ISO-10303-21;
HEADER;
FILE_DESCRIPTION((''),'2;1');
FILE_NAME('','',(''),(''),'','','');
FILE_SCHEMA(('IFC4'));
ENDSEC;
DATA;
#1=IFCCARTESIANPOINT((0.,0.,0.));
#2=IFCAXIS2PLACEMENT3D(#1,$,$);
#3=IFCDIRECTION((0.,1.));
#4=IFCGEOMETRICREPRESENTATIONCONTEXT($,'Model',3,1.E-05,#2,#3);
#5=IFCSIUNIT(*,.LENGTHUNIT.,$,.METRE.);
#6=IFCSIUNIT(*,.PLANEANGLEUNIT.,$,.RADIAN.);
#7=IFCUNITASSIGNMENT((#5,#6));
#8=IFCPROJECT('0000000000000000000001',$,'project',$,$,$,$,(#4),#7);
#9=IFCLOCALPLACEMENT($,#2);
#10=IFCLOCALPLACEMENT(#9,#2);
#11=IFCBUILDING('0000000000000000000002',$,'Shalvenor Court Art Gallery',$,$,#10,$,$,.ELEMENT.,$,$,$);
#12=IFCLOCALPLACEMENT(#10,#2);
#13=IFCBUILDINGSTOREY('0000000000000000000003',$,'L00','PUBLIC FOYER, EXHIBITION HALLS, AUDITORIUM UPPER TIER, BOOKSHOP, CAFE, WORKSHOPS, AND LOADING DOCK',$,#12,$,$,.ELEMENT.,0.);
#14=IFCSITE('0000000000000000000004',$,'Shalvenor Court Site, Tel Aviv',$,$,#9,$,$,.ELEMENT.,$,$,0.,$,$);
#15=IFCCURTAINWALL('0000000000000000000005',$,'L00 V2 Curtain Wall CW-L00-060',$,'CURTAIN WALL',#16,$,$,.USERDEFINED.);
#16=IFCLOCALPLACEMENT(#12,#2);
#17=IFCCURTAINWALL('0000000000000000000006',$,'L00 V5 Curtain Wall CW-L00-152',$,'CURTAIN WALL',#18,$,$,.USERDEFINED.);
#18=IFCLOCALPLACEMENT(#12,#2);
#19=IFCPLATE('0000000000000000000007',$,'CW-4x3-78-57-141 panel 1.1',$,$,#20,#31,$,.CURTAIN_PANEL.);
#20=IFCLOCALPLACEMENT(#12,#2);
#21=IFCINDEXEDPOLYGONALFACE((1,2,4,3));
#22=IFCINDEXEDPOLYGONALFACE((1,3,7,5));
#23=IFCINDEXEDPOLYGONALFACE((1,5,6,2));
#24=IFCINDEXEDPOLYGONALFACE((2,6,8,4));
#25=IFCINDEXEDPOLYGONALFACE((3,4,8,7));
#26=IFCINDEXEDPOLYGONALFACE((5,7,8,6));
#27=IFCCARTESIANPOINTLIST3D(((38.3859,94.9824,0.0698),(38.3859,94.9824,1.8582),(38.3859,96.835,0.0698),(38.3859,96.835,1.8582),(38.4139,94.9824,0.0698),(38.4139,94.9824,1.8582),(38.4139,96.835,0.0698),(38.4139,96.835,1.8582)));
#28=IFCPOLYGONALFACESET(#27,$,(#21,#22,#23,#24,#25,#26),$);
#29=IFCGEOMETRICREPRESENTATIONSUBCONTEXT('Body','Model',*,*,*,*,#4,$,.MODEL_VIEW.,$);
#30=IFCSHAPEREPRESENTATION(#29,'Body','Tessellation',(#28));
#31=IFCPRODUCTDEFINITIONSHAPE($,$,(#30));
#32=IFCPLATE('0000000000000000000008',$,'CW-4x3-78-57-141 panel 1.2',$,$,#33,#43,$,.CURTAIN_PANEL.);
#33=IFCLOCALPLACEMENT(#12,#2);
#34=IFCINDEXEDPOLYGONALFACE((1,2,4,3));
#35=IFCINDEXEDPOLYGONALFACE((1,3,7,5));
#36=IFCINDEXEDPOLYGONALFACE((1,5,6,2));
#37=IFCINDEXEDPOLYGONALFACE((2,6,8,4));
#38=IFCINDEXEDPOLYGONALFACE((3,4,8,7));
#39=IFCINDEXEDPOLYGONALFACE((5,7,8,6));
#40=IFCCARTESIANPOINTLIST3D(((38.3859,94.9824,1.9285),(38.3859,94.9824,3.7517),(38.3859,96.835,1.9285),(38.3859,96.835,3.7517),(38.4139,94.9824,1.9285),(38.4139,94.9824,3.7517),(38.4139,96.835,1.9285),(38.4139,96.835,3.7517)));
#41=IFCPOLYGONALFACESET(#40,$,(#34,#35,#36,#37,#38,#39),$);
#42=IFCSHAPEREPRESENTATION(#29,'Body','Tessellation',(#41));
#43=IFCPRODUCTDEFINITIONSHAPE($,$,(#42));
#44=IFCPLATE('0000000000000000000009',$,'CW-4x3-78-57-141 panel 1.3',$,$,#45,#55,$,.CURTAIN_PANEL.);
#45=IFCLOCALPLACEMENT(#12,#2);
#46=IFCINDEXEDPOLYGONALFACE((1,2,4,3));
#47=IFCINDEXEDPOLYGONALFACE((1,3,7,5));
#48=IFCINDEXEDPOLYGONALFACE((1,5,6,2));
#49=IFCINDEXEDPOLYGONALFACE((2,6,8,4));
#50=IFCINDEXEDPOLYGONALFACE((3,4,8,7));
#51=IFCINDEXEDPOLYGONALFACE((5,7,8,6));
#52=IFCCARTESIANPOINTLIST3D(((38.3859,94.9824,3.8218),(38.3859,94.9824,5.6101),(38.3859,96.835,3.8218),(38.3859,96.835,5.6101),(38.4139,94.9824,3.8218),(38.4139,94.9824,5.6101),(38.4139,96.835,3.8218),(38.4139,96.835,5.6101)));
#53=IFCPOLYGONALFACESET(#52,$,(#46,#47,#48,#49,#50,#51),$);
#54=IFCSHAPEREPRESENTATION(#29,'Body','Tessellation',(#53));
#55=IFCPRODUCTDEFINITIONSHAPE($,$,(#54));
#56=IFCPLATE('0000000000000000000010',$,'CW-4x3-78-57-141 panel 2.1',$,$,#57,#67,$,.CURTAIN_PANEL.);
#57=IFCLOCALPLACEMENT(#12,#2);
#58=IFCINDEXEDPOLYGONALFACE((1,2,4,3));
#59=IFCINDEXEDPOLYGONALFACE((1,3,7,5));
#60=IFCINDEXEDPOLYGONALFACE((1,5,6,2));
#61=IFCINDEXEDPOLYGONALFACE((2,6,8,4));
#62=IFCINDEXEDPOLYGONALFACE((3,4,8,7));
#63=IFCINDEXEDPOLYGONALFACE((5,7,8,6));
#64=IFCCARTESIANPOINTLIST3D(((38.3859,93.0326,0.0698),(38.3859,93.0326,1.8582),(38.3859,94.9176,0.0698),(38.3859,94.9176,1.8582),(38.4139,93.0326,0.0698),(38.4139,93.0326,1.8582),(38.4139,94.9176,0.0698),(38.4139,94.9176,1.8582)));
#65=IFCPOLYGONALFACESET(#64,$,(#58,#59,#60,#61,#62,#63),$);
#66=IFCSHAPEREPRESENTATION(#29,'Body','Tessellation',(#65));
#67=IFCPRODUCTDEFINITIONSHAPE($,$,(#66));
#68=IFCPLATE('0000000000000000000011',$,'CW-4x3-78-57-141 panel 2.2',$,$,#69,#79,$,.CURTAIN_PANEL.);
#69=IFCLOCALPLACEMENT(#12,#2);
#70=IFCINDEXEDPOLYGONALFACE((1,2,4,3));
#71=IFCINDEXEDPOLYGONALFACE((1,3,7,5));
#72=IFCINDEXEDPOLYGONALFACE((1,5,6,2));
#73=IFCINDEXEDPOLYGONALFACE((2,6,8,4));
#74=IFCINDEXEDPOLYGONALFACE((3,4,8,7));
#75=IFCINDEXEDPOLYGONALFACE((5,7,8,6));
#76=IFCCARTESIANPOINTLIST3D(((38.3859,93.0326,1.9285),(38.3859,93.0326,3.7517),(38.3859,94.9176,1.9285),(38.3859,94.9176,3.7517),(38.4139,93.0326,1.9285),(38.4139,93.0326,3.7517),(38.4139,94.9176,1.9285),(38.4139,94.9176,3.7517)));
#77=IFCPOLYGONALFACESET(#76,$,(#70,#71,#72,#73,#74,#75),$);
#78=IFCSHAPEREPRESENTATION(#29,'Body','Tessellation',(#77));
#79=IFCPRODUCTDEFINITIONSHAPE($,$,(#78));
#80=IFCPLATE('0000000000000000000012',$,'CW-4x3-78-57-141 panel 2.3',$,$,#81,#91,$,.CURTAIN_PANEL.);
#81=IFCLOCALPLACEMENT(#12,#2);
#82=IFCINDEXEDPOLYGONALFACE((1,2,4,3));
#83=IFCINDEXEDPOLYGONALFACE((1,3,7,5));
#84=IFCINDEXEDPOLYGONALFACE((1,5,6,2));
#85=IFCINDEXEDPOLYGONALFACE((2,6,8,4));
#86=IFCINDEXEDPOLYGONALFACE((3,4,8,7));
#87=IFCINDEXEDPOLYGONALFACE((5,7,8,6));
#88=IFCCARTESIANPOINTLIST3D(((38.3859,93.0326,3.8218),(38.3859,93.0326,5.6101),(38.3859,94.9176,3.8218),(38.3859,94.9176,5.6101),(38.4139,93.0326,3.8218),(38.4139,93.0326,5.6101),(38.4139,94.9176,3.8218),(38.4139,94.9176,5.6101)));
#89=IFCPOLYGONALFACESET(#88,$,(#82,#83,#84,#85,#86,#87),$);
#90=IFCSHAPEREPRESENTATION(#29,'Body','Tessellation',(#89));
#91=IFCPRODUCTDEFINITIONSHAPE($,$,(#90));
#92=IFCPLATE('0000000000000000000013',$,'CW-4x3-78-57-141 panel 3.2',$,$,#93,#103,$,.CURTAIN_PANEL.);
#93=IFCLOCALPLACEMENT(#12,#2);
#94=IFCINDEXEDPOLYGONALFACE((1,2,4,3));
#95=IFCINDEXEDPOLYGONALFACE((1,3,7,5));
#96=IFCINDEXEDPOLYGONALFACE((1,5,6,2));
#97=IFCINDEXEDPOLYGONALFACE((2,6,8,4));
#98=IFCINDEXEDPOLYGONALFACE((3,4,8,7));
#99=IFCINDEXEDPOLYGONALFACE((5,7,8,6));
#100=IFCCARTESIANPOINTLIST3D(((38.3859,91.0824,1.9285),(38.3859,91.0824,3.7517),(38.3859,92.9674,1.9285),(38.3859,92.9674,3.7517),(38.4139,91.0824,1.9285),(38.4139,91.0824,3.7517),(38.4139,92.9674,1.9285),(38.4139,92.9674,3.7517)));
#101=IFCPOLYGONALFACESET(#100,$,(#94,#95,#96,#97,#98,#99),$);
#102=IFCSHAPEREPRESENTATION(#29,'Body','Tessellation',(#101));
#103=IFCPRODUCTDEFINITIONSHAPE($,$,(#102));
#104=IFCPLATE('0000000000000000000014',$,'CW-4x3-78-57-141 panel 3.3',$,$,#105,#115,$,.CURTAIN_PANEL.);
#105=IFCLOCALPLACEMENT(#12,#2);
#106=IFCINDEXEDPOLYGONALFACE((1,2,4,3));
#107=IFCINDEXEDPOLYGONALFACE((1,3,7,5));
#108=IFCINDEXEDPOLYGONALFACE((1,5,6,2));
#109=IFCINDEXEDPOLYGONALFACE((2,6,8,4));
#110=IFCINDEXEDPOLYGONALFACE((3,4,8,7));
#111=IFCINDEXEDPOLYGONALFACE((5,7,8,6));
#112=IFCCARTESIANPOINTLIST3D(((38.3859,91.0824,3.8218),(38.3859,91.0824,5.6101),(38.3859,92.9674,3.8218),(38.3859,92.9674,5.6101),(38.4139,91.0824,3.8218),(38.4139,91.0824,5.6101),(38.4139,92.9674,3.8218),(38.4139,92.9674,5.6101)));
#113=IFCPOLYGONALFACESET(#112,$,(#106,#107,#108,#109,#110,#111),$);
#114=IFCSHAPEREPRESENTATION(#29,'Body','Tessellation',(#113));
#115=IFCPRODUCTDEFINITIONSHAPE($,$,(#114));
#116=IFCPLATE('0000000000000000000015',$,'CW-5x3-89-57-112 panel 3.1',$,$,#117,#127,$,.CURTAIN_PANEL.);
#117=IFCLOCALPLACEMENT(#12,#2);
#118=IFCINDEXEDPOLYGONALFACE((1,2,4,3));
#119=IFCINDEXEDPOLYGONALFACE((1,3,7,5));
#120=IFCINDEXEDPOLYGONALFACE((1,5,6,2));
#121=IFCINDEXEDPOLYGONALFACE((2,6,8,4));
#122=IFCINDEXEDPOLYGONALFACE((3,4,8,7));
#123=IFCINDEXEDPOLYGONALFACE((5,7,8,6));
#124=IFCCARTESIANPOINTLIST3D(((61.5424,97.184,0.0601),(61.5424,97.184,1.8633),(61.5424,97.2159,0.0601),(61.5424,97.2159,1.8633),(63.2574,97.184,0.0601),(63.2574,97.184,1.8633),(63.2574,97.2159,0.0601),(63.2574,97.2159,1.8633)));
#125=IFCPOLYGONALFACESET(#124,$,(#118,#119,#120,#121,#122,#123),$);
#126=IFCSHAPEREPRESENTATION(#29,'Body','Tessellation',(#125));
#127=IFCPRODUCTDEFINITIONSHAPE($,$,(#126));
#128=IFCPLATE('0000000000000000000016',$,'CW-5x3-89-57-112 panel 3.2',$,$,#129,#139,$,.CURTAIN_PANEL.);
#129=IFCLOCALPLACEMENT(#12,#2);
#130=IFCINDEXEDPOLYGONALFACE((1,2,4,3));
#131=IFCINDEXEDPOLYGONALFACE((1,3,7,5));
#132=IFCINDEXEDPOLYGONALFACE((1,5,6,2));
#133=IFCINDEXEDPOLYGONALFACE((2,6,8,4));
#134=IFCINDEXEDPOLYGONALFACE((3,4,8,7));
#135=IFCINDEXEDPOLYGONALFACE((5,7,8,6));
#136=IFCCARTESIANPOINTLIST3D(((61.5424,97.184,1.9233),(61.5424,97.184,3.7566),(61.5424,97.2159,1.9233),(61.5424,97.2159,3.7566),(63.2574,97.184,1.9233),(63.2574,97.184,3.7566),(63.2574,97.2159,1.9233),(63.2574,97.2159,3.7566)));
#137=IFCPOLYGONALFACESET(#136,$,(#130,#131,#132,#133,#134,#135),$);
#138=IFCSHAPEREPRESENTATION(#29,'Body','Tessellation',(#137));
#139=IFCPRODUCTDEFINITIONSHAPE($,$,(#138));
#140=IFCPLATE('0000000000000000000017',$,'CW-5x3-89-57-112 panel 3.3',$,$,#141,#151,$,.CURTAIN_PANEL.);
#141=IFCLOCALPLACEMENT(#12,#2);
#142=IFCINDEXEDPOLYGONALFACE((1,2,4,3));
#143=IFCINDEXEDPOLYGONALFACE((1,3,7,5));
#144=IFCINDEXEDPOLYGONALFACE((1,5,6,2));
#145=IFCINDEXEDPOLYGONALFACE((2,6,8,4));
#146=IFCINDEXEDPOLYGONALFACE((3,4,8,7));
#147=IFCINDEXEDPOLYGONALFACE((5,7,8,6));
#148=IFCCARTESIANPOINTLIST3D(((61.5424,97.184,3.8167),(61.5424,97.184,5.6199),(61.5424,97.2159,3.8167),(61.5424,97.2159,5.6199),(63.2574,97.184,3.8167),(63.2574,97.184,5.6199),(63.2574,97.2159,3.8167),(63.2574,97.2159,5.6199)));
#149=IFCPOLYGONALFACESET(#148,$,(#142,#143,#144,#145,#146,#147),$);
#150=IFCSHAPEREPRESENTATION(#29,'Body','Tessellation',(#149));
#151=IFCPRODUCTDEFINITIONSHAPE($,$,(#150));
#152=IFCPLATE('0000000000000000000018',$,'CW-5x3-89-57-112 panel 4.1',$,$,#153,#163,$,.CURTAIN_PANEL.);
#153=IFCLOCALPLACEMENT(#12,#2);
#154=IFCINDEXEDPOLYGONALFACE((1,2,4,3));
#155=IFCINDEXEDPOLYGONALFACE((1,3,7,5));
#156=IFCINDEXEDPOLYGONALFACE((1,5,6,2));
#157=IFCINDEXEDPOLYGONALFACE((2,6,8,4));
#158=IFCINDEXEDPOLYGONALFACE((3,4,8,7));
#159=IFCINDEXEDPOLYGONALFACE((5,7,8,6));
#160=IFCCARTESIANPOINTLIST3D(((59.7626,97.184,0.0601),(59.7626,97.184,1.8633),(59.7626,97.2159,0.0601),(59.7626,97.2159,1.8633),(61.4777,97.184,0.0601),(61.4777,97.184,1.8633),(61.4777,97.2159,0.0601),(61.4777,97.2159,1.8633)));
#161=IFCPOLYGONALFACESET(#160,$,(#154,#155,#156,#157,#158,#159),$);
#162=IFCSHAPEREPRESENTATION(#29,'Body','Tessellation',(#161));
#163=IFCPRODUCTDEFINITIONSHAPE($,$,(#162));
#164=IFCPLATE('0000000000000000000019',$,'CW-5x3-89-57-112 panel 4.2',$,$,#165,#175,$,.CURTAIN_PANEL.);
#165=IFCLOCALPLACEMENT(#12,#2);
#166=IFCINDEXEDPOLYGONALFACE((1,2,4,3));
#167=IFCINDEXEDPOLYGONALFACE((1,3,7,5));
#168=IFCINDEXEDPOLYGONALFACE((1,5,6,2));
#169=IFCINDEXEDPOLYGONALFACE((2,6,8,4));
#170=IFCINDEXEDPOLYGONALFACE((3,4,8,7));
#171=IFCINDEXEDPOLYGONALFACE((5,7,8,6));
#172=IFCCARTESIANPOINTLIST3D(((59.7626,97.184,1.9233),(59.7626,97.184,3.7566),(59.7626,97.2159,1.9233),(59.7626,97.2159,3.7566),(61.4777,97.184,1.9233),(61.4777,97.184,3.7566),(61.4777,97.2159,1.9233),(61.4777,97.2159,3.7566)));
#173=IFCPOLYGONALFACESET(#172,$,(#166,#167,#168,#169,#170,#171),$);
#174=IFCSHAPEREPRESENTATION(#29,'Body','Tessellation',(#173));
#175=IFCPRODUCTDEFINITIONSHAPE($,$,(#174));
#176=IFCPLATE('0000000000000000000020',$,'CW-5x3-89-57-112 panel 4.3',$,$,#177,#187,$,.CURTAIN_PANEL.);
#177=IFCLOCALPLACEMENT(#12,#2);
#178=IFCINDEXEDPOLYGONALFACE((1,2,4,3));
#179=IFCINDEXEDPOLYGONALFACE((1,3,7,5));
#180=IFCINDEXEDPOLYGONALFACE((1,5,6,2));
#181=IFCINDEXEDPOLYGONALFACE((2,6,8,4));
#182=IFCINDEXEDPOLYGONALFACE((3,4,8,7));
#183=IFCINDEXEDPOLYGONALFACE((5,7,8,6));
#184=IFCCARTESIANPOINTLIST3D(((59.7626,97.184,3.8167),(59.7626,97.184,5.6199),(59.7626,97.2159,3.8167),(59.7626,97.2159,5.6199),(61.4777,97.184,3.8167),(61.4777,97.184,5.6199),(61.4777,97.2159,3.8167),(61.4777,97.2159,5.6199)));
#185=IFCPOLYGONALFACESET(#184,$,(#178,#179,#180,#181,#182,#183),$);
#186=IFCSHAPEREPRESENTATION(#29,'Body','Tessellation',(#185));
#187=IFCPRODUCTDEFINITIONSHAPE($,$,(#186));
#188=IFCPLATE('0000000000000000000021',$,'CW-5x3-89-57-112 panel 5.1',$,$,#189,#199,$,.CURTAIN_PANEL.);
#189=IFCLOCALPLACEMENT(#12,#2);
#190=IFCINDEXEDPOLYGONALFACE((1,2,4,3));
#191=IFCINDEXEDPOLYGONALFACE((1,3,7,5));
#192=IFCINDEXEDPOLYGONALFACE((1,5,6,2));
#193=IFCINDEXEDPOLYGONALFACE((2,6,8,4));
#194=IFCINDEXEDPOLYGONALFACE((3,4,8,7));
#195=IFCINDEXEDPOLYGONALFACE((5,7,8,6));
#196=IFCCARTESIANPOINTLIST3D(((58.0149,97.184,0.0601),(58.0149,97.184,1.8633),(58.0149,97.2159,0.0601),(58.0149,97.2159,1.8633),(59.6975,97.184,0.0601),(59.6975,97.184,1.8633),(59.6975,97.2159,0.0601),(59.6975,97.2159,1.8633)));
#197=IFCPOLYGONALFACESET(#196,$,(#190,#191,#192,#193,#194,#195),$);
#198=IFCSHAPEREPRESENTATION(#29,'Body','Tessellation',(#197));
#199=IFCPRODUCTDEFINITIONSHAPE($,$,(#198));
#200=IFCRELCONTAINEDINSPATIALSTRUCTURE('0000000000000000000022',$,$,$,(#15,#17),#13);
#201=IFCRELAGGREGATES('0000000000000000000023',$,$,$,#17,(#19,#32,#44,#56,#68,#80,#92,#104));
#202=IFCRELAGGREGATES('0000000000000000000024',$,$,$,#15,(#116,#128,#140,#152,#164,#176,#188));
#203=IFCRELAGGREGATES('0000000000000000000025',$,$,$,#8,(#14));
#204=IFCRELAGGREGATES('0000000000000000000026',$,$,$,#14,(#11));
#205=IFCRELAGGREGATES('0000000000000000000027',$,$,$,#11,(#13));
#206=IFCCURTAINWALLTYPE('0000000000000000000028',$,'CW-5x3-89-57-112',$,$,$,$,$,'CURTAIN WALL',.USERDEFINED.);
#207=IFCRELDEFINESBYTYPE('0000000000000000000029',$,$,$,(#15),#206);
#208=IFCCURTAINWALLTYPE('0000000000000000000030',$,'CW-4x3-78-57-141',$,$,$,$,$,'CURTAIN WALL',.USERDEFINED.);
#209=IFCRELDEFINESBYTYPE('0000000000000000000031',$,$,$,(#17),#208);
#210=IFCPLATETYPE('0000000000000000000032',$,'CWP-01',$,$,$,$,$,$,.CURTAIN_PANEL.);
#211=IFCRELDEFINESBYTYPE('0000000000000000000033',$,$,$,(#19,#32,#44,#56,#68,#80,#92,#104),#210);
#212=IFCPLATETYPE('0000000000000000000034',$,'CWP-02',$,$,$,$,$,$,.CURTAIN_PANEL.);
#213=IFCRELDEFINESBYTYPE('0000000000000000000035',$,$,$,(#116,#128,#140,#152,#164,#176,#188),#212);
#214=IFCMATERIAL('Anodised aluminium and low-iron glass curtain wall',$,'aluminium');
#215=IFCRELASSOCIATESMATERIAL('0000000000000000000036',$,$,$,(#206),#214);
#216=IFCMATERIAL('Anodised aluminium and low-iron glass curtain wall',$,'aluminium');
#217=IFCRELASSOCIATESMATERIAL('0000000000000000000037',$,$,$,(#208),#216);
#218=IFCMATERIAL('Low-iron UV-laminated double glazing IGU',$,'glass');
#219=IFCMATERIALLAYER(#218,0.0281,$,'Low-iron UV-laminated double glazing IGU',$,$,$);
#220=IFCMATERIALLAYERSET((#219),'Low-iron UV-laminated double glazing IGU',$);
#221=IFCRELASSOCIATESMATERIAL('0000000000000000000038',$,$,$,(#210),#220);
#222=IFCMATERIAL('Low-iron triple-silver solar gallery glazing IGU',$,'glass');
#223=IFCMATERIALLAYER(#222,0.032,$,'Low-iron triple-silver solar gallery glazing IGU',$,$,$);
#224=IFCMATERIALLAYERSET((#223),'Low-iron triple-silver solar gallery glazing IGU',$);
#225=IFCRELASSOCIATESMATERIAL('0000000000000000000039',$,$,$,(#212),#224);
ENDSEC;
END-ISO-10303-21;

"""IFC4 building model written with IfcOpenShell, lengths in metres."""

from ifc_helpers import new_model, si_unit, direction, frame, origin, origin_2d, place, context, subcontext, project, spatial, rectangle, extrude, material, layer, layer_set, type_object, element, aggregate, save


model = new_model("IFC4")

# Units and contexts
model_context = context("Model", 3, precision=1e-05, world=origin(), true_north=direction((0.0, 1.0)))
body_context = subcontext(model_context, "Body", "Model", "MODEL_VIEW")
ifc_project = project(units=[si_unit("LENGTHUNIT", "METRE"), si_unit("PLANEANGLEUNIT", "RADIAN")], contexts=[model_context])

# Site, building, storey
site_placement = place(None, origin())
site = spatial("IfcSite", under=ifc_project, at=site_placement, Name="Shalvenor Court Site, Tel Aviv", CompositionType="ELEMENT", RefElevation=0.0)
building_placement = place(site_placement, origin())
building = spatial("IfcBuilding", under=site, at=building_placement, Name="Shalvenor Court Art Gallery", CompositionType="ELEMENT")
storey_placement = place(building_placement, origin())
storey = spatial("IfcBuildingStorey", under=building, at=storey_placement, Name="L00", Description="PUBLIC FOYER, EXHIBITION HALLS, AUDITORIUM UPPER TIER, BOOKSHOP, CAFE, WORKSHOPS, AND LOADING DOCK", CompositionType="ELEMENT", Elevation=0.0)

# Curtain wall
ifc_material_1 = material(Name="Anodised aluminium and low-iron glass curtain wall", Category="aluminium")
curtain_wall_type_1 = type_object("IfcCurtainWallType", Name="CW-5x3-89-57-112", ElementType="CURTAIN WALL", PredefinedType="USERDEFINED", material=ifc_material_1)
curtain_wall_1_placement = place(storey_placement, origin())
curtain_wall_1 = element("IfcCurtainWall", 1, at=curtain_wall_1_placement, inside=storey, type_object=curtain_wall_type_1, Name="L00 V2 Curtain Wall CW-L00-060", ObjectType="CURTAIN WALL", PredefinedType="USERDEFINED")

# Curtain wall, plates
ifc_material_2 = material(Name="Anodised aluminium and low-iron glass curtain wall", Category="aluminium")
curtain_wall_type_2 = type_object("IfcCurtainWallType", Name="CW-4x3-78-57-141", ElementType="CURTAIN WALL", PredefinedType="USERDEFINED", material=ifc_material_2)
curtain_wall_2_placement = place(storey_placement, origin())
curtain_wall_2 = element("IfcCurtainWall", 2, at=curtain_wall_2_placement, inside=storey, type_object=curtain_wall_type_2, Name="L00 V5 Curtain Wall CW-L00-152", ObjectType="CURTAIN WALL", PredefinedType="USERDEFINED")
ifc_material_3 = material(Name="Low-iron UV-laminated double glazing IGU", Category="glass")
ifc_layer_1 = layer(ifc_material_3, 0.0281, Name="Low-iron UV-laminated double glazing IGU")
ifc_layer_set_1 = layer_set([ifc_layer_1], Name="Low-iron UV-laminated double glazing IGU")
plate_type_1 = type_object("IfcPlateType", Name="CWP-01", PredefinedType="CURTAIN_PANEL", material=ifc_layer_set_1)
plate_1_placement = place(storey_placement, frame((38.3999, 95.9087, 0.0698), z_axis=(0.0, 0.0, 1.0), x_axis=(0.0, -1.0, 0.0)))
plate_1 = element("IfcPlate", 3, at=plate_1_placement, type_object=plate_type_1, Name="CW-4x3-78-57-141 panel 1.1", PredefinedType="CURTAIN_PANEL", context=body_context, shape_type="SweptSolid", body=[
    extrude(rectangle(XDim=1.8525, YDim=0.0281, at=origin_2d()), origin(), (0.0, 0.0, 1.0), 1.7883),
])
plate_2_placement = place(storey_placement, frame((38.3999, 95.9087, 1.9285), z_axis=(0.0, 0.0, 1.0), x_axis=(0.0, -1.0, 0.0)))
plate_2 = element("IfcPlate", 4, at=plate_2_placement, type_object=plate_type_1, Name="CW-4x3-78-57-141 panel 1.2", PredefinedType="CURTAIN_PANEL", context=body_context, shape_type="SweptSolid", body=[
    extrude(rectangle(XDim=1.8525, YDim=0.0281, at=origin_2d()), origin(), (0.0, 0.0, 1.0), 1.8232),
])
plate_3_placement = place(storey_placement, frame((38.3999, 95.9087, 3.8218), z_axis=(0.0, 0.0, 1.0), x_axis=(0.0, -1.0, 0.0)))
plate_3 = element("IfcPlate", 5, at=plate_3_placement, type_object=plate_type_1, Name="CW-4x3-78-57-141 panel 1.3", PredefinedType="CURTAIN_PANEL", context=body_context, shape_type="SweptSolid", body=[
    extrude(rectangle(XDim=1.8525, YDim=0.0281, at=origin_2d()), origin(), (0.0, 0.0, 1.0), 1.7883),
])
plate_4_placement = place(storey_placement, frame((38.3999, 93.9751, 0.0698), z_axis=(0.0, 0.0, 1.0), x_axis=(0.0, -1.0, 0.0)))
plate_4 = element("IfcPlate", 6, at=plate_4_placement, type_object=plate_type_1, Name="CW-4x3-78-57-141 panel 2.1", PredefinedType="CURTAIN_PANEL", context=body_context, shape_type="SweptSolid", body=[
    extrude(rectangle(XDim=1.885, YDim=0.0281, at=origin_2d()), origin(), (0.0, 0.0, 1.0), 1.7883),
])
plate_5_placement = place(storey_placement, frame((38.3999, 93.9751, 1.9285), z_axis=(0.0, 0.0, 1.0), x_axis=(0.0, -1.0, 0.0)))
plate_5 = element("IfcPlate", 7, at=plate_5_placement, type_object=plate_type_1, Name="CW-4x3-78-57-141 panel 2.2", PredefinedType="CURTAIN_PANEL", context=body_context, shape_type="SweptSolid", body=[
    extrude(rectangle(XDim=1.885, YDim=0.0281, at=origin_2d()), origin(), (0.0, 0.0, 1.0), 1.8232),
])
plate_6_placement = place(storey_placement, frame((38.3999, 93.9751, 3.8218), z_axis=(0.0, 0.0, 1.0), x_axis=(0.0, -1.0, 0.0)))
plate_6 = element("IfcPlate", 8, at=plate_6_placement, type_object=plate_type_1, Name="CW-4x3-78-57-141 panel 2.3", PredefinedType="CURTAIN_PANEL", context=body_context, shape_type="SweptSolid", body=[
    extrude(rectangle(XDim=1.885, YDim=0.0281, at=origin_2d()), origin(), (0.0, 0.0, 1.0), 1.7883),
])
plate_7_placement = place(storey_placement, frame((38.3999, 92.0249, 1.9285), z_axis=(0.0, 0.0, 1.0), x_axis=(0.0, -1.0, 0.0)))
plate_7 = element("IfcPlate", 9, at=plate_7_placement, type_object=plate_type_1, Name="CW-4x3-78-57-141 panel 3.2", PredefinedType="CURTAIN_PANEL", context=body_context, shape_type="SweptSolid", body=[
    extrude(rectangle(XDim=1.885, YDim=0.0281, at=origin_2d()), origin(), (0.0, 0.0, 1.0), 1.8232),
])
plate_8_placement = place(storey_placement, frame((38.3999, 92.0249, 3.8218), z_axis=(0.0, 0.0, 1.0), x_axis=(0.0, -1.0, 0.0)))
plate_8 = element("IfcPlate", 10, at=plate_8_placement, type_object=plate_type_1, Name="CW-4x3-78-57-141 panel 3.3", PredefinedType="CURTAIN_PANEL", context=body_context, shape_type="SweptSolid", body=[
    extrude(rectangle(XDim=1.885, YDim=0.0281, at=origin_2d()), origin(), (0.0, 0.0, 1.0), 1.7883),
])
aggregate(curtain_wall_2, [plate_1, plate_2, plate_3, plate_4, plate_5, plate_6, plate_7, plate_8])

# Plates
ifc_material_4 = material(Name="Low-iron triple-silver solar gallery glazing IGU", Category="glass")
ifc_layer_2 = layer(ifc_material_4, 0.032, Name="Low-iron triple-silver solar gallery glazing IGU")
ifc_layer_set_2 = layer_set([ifc_layer_2], Name="Low-iron triple-silver solar gallery glazing IGU")
plate_type_2 = type_object("IfcPlateType", Name="CWP-02", PredefinedType="CURTAIN_PANEL", material=ifc_layer_set_2)
plate_9_placement = place(storey_placement, frame((62.3999, 97.2, 0.0601), z_axis=(0.0, 0.0, 1.0), x_axis=(-1.0, 0.0, 0.0)))
plate_9 = element("IfcPlate", 11, at=plate_9_placement, type_object=plate_type_2, Name="CW-5x3-89-57-112 panel 3.1", PredefinedType="CURTAIN_PANEL", context=body_context, shape_type="SweptSolid", body=[
    extrude(rectangle(XDim=1.7151, YDim=0.032, at=origin_2d()), origin(), (0.0, 0.0, 1.0), 1.8032),
])
plate_10_placement = place(storey_placement, frame((62.3999, 97.2, 1.9233), z_axis=(0.0, 0.0, 1.0), x_axis=(-1.0, 0.0, 0.0)))
plate_10 = element("IfcPlate", 12, at=plate_10_placement, type_object=plate_type_2, Name="CW-5x3-89-57-112 panel 3.2", PredefinedType="CURTAIN_PANEL", context=body_context, shape_type="SweptSolid", body=[
    extrude(rectangle(XDim=1.7151, YDim=0.032, at=origin_2d()), origin(), (0.0, 0.0, 1.0), 1.8333),
])
plate_11_placement = place(storey_placement, frame((62.3999, 97.2, 3.8167), z_axis=(0.0, 0.0, 1.0), x_axis=(-1.0, 0.0, 0.0)))
plate_11 = element("IfcPlate", 13, at=plate_11_placement, type_object=plate_type_2, Name="CW-5x3-89-57-112 panel 3.3", PredefinedType="CURTAIN_PANEL", context=body_context, shape_type="SweptSolid", body=[
    extrude(rectangle(XDim=1.7151, YDim=0.032, at=origin_2d()), origin(), (0.0, 0.0, 1.0), 1.8032),
])
plate_12_placement = place(storey_placement, frame((60.6201, 97.2, 0.0601), z_axis=(0.0, 0.0, 1.0), x_axis=(-1.0, 0.0, 0.0)))
plate_12 = element("IfcPlate", 14, at=plate_12_placement, type_object=plate_type_2, Name="CW-5x3-89-57-112 panel 4.1", PredefinedType="CURTAIN_PANEL", context=body_context, shape_type="SweptSolid", body=[
    extrude(rectangle(XDim=1.7151, YDim=0.032, at=origin_2d()), origin(), (0.0, 0.0, 1.0), 1.8032),
])
plate_13_placement = place(storey_placement, frame((60.6201, 97.2, 1.9233), z_axis=(0.0, 0.0, 1.0), x_axis=(-1.0, 0.0, 0.0)))
plate_13 = element("IfcPlate", 15, at=plate_13_placement, type_object=plate_type_2, Name="CW-5x3-89-57-112 panel 4.2", PredefinedType="CURTAIN_PANEL", context=body_context, shape_type="SweptSolid", body=[
    extrude(rectangle(XDim=1.7151, YDim=0.032, at=origin_2d()), origin(), (0.0, 0.0, 1.0), 1.8333),
])
plate_14_placement = place(storey_placement, frame((60.6201, 97.2, 3.8167), z_axis=(0.0, 0.0, 1.0), x_axis=(-1.0, 0.0, 0.0)))
plate_14 = element("IfcPlate", 16, at=plate_14_placement, type_object=plate_type_2, Name="CW-5x3-89-57-112 panel 4.3", PredefinedType="CURTAIN_PANEL", context=body_context, shape_type="SweptSolid", body=[
    extrude(rectangle(XDim=1.7151, YDim=0.032, at=origin_2d()), origin(), (0.0, 0.0, 1.0), 1.8032),
])
plate_15_placement = place(storey_placement, frame((58.8562, 97.2, 0.0601), z_axis=(0.0, 0.0, 1.0), x_axis=(-1.0, 0.0, 0.0)))
plate_15 = element("IfcPlate", 17, at=plate_15_placement, type_object=plate_type_2, Name="CW-5x3-89-57-112 panel 5.1", PredefinedType="CURTAIN_PANEL", context=body_context, shape_type="SweptSolid", body=[
    extrude(rectangle(XDim=1.6826, YDim=0.032, at=origin_2d()), origin(), (0.0, 0.0, 1.0), 1.8032),
])
aggregate(curtain_wall_1, [plate_9, plate_10, plate_11, plate_12, plate_13, plate_14, plate_15])

save(model, "model.ifc")
